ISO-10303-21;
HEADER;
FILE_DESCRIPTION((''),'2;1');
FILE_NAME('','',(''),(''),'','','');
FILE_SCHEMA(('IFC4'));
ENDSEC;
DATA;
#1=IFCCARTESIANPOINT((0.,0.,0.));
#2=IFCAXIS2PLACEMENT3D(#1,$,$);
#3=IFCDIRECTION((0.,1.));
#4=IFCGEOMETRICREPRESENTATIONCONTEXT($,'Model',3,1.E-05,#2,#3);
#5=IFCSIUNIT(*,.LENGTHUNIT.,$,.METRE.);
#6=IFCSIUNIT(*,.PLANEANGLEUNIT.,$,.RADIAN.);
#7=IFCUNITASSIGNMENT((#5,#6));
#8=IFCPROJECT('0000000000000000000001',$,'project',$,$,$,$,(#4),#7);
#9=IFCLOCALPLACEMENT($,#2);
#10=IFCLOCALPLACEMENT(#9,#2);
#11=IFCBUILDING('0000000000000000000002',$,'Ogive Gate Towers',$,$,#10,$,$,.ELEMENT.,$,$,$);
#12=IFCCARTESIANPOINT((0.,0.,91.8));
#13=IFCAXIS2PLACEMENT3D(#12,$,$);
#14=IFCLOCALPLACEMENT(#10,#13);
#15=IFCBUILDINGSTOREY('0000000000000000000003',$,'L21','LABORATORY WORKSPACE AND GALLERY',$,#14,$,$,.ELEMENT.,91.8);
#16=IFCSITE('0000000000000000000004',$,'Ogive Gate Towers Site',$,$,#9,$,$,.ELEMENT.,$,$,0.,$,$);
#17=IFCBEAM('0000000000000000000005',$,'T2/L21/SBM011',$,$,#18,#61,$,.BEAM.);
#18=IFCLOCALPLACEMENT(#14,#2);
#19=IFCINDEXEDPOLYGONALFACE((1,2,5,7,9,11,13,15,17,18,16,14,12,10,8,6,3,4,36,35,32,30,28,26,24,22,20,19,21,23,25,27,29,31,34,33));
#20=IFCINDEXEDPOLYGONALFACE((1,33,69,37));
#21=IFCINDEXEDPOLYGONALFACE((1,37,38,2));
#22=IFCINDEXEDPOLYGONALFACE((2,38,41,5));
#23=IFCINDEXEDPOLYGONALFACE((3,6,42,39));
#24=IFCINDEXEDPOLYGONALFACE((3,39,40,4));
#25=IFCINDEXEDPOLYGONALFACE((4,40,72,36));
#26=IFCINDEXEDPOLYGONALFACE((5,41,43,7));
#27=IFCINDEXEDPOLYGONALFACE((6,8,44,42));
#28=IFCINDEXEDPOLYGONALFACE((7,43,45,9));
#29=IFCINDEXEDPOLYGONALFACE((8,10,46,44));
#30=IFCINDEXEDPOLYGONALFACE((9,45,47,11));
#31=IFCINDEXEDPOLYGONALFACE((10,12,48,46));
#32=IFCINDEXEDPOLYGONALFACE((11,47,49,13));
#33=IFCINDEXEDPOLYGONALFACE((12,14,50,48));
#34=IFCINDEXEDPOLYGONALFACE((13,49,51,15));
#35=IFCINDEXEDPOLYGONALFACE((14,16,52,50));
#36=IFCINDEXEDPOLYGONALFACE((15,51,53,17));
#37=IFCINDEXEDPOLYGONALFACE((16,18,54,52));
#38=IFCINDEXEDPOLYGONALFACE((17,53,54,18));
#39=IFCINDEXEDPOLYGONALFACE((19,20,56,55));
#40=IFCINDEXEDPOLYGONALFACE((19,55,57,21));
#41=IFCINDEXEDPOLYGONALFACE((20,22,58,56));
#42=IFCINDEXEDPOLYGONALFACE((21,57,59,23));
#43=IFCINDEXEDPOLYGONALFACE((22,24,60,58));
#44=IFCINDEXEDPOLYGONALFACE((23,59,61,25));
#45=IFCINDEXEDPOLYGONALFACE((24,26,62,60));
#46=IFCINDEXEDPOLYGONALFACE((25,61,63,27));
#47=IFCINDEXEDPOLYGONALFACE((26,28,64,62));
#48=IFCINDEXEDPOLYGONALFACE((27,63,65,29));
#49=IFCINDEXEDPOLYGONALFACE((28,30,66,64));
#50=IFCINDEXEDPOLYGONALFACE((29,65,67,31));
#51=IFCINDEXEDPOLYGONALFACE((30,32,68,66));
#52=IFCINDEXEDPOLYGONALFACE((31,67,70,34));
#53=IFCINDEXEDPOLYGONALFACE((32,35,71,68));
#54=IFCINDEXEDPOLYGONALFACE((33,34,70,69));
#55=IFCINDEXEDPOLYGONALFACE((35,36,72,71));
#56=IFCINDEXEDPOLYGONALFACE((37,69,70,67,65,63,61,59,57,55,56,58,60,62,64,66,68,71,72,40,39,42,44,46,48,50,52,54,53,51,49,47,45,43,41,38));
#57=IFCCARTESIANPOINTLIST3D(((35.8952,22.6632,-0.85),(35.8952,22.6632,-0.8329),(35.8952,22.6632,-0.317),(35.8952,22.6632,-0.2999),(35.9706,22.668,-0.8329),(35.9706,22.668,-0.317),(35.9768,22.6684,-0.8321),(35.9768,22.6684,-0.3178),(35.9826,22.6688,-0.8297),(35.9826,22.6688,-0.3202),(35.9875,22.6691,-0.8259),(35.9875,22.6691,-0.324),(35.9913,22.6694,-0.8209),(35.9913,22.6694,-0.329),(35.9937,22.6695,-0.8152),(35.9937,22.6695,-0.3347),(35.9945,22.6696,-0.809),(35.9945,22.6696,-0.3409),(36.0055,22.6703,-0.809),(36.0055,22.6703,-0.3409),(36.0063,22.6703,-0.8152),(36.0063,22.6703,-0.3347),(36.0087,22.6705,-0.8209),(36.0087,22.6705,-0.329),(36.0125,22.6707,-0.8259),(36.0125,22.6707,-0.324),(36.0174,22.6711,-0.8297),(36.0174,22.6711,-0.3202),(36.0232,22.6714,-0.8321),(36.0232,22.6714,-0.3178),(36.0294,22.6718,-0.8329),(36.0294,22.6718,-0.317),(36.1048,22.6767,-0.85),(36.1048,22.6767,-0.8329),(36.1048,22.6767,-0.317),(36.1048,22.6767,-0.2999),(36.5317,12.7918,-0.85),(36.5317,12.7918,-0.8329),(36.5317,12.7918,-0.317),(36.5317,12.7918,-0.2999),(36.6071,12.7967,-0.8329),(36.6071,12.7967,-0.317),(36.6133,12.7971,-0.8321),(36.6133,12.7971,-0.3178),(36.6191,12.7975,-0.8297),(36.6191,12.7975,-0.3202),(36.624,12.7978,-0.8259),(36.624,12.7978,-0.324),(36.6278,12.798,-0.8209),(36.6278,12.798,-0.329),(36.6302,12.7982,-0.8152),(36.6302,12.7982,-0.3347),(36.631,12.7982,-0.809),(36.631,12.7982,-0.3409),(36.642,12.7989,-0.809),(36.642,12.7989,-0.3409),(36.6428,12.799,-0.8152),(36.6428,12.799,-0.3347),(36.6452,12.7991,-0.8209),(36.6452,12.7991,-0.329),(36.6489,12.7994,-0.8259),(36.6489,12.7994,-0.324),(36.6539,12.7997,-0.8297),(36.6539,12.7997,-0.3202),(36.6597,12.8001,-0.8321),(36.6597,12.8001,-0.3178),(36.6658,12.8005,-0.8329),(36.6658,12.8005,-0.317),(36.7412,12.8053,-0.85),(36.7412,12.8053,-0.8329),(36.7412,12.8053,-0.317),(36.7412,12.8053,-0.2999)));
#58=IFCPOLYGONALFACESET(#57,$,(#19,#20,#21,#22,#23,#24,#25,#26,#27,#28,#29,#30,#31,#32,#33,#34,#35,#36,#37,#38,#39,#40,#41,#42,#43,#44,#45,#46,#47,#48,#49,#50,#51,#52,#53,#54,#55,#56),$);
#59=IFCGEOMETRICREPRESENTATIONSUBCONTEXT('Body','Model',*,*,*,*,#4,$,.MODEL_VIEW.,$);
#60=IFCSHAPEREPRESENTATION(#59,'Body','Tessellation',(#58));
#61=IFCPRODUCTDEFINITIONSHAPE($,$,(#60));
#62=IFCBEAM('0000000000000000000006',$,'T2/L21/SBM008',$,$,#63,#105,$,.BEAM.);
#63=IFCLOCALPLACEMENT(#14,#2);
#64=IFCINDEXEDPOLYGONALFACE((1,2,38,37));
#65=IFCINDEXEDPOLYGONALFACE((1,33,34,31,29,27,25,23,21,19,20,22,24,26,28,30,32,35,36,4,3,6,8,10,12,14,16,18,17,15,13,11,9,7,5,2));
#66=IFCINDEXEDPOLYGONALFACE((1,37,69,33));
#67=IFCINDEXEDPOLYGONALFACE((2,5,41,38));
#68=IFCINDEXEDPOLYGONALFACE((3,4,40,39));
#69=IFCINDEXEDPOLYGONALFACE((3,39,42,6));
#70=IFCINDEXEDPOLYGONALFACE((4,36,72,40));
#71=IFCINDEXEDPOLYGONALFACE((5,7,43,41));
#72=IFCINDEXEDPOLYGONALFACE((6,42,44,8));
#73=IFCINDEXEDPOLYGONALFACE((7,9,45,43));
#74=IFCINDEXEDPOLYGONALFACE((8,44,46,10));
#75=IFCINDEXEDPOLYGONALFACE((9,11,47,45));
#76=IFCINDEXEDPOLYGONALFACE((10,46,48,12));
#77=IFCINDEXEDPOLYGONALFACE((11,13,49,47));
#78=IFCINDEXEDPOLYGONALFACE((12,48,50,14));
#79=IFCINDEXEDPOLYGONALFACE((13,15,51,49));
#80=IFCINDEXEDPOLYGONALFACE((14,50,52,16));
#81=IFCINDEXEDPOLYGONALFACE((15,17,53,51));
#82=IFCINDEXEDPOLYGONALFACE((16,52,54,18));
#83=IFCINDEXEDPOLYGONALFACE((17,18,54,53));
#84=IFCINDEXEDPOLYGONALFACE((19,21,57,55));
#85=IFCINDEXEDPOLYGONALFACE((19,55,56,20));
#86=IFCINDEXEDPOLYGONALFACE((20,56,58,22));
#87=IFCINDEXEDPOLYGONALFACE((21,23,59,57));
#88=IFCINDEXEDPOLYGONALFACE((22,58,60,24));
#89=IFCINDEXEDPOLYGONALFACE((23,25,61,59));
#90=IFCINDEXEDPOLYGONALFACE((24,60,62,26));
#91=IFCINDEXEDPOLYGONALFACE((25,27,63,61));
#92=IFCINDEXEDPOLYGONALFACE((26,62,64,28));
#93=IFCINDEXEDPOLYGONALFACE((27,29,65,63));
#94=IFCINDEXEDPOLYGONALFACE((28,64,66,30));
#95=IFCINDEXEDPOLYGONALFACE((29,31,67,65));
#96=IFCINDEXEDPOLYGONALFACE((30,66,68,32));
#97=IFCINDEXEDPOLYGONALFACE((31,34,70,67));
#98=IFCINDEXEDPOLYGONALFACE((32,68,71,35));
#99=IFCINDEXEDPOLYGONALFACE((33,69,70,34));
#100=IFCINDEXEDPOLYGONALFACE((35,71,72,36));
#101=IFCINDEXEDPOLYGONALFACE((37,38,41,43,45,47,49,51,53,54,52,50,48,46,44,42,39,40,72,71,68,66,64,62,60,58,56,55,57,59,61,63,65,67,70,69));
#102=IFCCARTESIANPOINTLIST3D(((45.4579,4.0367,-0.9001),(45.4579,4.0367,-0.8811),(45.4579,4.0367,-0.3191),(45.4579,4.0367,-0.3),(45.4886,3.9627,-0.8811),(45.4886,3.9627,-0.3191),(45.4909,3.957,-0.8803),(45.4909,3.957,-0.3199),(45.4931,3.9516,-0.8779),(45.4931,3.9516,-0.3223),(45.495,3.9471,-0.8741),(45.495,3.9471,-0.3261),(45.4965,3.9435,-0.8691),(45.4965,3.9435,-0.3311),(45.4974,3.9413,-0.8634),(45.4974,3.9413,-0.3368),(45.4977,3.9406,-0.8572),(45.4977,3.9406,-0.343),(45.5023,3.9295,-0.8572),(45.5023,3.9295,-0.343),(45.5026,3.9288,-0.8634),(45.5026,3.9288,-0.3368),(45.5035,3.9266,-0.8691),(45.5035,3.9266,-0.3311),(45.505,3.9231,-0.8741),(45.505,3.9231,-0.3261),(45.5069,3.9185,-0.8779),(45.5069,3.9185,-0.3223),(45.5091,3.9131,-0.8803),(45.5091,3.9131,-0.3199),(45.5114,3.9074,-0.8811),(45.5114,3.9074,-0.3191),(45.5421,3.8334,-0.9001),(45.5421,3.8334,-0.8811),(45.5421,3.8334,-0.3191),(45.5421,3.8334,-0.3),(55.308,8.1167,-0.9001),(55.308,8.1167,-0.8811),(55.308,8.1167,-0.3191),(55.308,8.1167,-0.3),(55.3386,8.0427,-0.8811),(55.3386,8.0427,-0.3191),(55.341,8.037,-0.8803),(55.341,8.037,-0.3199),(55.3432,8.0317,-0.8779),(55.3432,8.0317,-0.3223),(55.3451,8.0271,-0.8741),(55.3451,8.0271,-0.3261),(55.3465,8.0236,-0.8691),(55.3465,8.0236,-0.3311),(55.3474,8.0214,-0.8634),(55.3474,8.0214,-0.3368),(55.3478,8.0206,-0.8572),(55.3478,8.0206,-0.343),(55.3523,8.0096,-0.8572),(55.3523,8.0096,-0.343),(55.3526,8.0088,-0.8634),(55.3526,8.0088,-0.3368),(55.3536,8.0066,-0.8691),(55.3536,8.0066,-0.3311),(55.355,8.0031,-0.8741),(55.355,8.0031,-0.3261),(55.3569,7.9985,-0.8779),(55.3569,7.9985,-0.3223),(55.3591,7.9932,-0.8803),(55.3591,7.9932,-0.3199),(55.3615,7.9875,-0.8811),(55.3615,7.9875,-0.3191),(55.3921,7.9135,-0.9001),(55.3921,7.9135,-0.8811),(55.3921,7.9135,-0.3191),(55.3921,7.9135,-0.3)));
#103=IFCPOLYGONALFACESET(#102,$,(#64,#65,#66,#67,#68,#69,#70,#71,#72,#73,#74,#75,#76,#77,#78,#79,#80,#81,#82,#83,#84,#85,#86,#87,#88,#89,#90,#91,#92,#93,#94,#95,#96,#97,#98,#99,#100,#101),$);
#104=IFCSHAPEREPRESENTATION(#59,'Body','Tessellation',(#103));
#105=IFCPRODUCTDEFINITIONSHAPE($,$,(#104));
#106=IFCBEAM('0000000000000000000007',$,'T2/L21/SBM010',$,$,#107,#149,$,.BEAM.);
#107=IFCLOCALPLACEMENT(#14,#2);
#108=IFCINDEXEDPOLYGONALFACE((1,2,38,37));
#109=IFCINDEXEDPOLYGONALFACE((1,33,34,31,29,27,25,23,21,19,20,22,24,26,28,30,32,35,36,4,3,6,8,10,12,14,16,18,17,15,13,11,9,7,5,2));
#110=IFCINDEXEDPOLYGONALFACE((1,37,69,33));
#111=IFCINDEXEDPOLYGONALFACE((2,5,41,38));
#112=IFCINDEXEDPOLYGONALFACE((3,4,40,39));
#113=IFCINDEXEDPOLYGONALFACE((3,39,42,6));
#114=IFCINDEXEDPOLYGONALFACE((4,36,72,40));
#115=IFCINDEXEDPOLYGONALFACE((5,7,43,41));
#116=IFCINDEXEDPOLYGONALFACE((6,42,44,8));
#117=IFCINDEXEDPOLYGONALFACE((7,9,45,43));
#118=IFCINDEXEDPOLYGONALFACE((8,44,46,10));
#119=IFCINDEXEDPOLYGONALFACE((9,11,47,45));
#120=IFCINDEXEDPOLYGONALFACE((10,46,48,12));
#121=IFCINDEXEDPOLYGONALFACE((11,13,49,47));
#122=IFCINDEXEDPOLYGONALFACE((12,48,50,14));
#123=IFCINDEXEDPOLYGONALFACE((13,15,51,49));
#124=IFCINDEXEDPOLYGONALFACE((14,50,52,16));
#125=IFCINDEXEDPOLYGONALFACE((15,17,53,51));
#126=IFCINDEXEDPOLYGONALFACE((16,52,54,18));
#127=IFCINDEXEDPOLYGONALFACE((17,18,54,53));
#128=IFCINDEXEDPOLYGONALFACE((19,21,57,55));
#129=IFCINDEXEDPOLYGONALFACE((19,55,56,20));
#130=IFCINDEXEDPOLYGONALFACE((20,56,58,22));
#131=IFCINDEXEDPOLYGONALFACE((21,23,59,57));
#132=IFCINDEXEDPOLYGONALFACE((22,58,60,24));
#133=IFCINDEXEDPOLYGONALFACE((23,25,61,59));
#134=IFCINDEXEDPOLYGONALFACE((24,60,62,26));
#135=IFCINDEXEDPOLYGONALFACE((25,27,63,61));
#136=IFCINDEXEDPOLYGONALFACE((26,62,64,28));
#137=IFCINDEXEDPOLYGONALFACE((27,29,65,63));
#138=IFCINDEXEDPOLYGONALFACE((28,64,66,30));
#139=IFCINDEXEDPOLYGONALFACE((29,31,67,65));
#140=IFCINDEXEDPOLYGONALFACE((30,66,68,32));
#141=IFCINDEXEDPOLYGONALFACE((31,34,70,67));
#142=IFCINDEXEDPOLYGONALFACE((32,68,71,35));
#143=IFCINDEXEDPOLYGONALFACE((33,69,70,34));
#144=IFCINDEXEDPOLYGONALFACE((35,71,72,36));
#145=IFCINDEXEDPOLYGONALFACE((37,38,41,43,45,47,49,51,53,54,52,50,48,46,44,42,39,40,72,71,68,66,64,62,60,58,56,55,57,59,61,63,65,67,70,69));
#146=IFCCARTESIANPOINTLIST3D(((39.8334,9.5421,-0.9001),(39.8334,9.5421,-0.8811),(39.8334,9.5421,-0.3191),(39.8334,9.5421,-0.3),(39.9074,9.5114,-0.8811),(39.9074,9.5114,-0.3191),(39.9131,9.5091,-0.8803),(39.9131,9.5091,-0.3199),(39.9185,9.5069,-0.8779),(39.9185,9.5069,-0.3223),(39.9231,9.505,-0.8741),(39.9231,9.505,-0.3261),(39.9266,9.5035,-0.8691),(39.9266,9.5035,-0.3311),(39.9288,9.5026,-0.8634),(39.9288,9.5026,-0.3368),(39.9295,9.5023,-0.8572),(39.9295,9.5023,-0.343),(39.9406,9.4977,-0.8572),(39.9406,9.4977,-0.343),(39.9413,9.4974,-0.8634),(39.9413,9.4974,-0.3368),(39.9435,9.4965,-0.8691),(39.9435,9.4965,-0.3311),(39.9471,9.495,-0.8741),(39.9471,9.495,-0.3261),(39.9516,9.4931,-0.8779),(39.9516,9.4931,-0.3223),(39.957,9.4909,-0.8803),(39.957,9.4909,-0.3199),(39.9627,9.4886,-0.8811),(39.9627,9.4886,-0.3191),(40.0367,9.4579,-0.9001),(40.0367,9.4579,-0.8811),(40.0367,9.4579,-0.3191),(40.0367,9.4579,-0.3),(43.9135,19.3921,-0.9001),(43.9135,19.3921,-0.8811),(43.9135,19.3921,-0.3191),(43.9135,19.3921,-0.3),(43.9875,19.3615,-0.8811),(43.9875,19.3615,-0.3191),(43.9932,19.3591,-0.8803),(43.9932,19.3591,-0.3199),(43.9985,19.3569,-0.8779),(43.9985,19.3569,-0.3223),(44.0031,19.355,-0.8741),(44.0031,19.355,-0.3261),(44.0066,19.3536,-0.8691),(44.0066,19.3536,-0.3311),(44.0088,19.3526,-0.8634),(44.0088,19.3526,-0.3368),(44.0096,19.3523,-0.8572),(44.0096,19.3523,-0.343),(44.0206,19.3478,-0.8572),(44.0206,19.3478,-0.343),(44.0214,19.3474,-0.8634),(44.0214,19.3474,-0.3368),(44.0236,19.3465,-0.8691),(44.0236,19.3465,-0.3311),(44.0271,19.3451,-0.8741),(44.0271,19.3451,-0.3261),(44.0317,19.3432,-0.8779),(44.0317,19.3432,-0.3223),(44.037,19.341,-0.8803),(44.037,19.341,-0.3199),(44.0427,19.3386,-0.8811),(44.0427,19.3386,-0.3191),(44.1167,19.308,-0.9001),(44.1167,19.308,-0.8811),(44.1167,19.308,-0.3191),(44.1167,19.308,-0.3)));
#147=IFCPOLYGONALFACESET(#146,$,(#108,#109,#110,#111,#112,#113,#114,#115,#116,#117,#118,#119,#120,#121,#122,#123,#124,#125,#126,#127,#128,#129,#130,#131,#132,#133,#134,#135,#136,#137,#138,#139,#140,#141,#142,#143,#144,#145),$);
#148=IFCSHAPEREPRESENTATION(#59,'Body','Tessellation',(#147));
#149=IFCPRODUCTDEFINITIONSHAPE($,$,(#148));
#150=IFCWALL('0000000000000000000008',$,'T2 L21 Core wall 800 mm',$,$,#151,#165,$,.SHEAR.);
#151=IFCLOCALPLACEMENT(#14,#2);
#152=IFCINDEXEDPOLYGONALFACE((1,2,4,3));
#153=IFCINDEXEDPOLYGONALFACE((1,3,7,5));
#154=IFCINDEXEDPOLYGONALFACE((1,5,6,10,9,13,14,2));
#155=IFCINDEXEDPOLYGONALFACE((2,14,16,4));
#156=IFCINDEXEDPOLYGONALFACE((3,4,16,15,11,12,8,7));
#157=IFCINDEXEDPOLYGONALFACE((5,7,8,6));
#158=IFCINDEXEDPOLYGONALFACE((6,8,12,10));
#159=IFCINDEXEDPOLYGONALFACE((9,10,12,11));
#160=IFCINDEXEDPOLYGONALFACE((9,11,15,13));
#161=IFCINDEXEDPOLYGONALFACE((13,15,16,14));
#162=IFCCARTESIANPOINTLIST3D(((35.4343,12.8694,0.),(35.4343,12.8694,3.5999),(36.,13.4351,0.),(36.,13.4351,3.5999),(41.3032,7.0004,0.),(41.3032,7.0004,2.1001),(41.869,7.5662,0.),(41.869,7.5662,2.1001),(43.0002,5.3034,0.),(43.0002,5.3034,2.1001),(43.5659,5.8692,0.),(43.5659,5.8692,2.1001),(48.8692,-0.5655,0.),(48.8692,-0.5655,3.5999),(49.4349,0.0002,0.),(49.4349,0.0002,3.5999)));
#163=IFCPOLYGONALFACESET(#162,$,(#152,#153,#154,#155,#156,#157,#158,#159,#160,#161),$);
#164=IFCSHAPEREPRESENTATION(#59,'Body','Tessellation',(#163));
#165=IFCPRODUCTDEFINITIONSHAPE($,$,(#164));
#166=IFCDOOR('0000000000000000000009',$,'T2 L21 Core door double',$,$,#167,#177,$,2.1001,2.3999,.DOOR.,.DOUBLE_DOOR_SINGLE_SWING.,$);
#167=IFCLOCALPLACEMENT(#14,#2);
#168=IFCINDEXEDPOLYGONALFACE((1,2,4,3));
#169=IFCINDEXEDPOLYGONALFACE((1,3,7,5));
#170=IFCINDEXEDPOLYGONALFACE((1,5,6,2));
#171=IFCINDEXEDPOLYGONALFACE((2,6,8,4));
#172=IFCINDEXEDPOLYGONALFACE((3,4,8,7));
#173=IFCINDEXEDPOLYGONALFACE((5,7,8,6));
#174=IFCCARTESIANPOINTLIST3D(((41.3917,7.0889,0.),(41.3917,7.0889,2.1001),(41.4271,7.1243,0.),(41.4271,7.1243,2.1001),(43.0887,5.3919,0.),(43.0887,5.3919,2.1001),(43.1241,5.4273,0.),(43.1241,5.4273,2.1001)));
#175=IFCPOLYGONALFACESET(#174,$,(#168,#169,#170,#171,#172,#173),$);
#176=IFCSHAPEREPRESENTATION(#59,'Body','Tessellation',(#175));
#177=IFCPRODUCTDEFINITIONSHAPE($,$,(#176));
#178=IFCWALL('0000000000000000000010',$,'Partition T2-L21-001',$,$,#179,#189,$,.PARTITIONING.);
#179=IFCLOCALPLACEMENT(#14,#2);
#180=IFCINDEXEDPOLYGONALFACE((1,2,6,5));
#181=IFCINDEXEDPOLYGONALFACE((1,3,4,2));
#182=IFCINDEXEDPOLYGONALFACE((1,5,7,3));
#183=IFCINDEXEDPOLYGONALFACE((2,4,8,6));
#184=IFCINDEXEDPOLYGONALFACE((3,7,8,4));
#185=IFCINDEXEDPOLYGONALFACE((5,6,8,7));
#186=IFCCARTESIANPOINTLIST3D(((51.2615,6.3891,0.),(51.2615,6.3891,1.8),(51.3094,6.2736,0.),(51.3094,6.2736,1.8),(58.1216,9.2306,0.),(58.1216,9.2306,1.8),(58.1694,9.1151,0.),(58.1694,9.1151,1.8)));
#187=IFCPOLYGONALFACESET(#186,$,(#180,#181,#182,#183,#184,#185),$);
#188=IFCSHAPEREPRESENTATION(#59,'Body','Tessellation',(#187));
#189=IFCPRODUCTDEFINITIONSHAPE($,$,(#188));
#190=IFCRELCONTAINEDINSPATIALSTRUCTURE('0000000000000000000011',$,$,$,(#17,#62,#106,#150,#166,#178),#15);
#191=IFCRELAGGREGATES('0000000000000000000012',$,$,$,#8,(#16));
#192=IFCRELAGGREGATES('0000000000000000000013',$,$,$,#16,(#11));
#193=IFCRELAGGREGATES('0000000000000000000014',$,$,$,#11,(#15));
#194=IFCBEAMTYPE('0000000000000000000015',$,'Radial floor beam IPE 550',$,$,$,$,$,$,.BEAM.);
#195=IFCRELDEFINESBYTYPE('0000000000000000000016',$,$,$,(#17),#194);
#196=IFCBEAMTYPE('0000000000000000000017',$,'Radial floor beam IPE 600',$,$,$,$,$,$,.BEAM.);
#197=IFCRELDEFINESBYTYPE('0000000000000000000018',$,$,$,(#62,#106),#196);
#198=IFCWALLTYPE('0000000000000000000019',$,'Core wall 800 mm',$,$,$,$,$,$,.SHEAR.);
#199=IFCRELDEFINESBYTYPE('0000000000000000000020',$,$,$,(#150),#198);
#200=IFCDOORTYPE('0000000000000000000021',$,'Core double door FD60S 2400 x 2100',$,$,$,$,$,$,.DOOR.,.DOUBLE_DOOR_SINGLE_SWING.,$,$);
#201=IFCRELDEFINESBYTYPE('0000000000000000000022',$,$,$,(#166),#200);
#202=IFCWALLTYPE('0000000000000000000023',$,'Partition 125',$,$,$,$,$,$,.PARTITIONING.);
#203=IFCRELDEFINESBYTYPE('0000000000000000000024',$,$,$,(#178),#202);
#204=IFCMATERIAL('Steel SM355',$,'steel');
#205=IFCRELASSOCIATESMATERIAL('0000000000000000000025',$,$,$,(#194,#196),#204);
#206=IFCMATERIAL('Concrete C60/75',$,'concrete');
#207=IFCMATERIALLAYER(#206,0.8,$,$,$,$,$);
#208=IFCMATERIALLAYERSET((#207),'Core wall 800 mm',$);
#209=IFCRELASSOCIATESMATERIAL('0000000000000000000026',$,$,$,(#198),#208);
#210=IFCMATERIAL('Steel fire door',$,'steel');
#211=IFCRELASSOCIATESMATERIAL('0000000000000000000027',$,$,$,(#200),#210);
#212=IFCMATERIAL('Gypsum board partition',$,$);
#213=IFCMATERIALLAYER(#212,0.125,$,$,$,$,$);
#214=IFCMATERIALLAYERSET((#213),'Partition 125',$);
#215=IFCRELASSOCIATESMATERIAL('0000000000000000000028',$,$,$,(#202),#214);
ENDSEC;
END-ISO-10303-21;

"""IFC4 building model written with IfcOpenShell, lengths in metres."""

from ifc_helpers import new_model, si_unit, direction, frame, frame_2d, origin, origin_2d, place, context, subcontext, project, spatial, rectangle, i_section, extrude, material, layer, layer_set, material_profile, profile_set, type_object, element, fill, save


model = new_model("IFC4")

# Units and contexts
model_context = context("Model", 3, precision=1e-05, world=origin(), true_north=direction((0.0, 1.0)))
body_context = subcontext(model_context, "Body", "Model", "MODEL_VIEW")
ifc_project = project(units=[si_unit("LENGTHUNIT", "METRE"), si_unit("PLANEANGLEUNIT", "RADIAN")], contexts=[model_context])

# Site, building, storey
site_placement = place(None, origin())
site = spatial("IfcSite", under=ifc_project, at=site_placement, Name="Ogive Gate Towers Site", CompositionType="ELEMENT", RefElevation=0.0)
building_placement = place(site_placement, origin())
building = spatial("IfcBuilding", under=site, at=building_placement, Name="Ogive Gate Towers", CompositionType="ELEMENT")
storey_placement = place(building_placement, frame((0.0, 0.0, 91.8)))
storey = spatial("IfcBuildingStorey", under=building, at=storey_placement, Name="L21", Description="LABORATORY WORKSPACE AND GALLERY", CompositionType="ELEMENT", Elevation=91.8)

# Beams
ifc_material_1 = material(Name="Steel SM355", Category="steel")
ifc_material_profile_1 = material_profile(ifc_material_1, i_section(OverallWidth=0.21, OverallDepth=0.55, WebThickness=0.011, FlangeThickness=0.0171, FilletRadius=0.0239, at=origin_2d()), Name="IPE 550")
ifc_profile_set_1 = profile_set([ifc_material_profile_1], Name="Steel SM355")
beam_type_1 = type_object("IfcBeamType", Name="Radial floor beam IPE 550", PredefinedType="BEAM", material=ifc_profile_set_1)
for number, where, z_axis, x_axis, name in (
    (1, (36.6365, 12.7986, -0.575), (-0.064343, 0.997928, 0.0), (-0.997928, -0.064343, 0.0), "T2/L21/SBM011"),
):
    element("IfcBeam", number, at=place(storey_placement, frame(where, z_axis=z_axis, x_axis=x_axis)), inside=storey, type_object=beam_type_1, Name=name, PredefinedType="BEAM", context=body_context, shape_type="SweptSolid", body=[
        extrude(i_section(OverallWidth=0.21, OverallDepth=0.55, WebThickness=0.011, FlangeThickness=0.0171, FilletRadius=0.0239, at=origin_2d()), origin(), (0.0, 0.0, 1.0), 9.8918),
    ])
ifc_material_profile_2 = material_profile(ifc_material_1, i_section(OverallWidth=0.22, OverallDepth=0.6001, WebThickness=0.012, FlangeThickness=0.019, FilletRadius=0.0239, at=origin_2d()), Name="IPE 600")
ifc_profile_set_2 = profile_set([ifc_material_profile_2], Name="Steel SM355")
beam_type_2 = type_object("IfcBeamType", Name="Radial floor beam IPE 600", PredefinedType="BEAM", material=ifc_profile_set_2)
for number, where, z_axis, x_axis, name in (
    (2, (45.5, 3.9351, -0.6001), (0.923878, 0.382686, 0.0), (-0.382686, 0.923878, 0.0), "T2/L21/SBM008"),
    (3, (39.9351, 9.5, -0.6001), (0.382686, 0.923878, 0.0), (-0.923878, 0.382686, 0.0), "T2/L21/SBM010"),
):
    element("IfcBeam", number, at=place(storey_placement, frame(where, z_axis=z_axis, x_axis=x_axis)), inside=storey, type_object=beam_type_2, Name=name, PredefinedType="BEAM", context=body_context, shape_type="SweptSolid", body=[
        extrude(i_section(OverallWidth=0.22, OverallDepth=0.6001, WebThickness=0.012, FlangeThickness=0.019, FilletRadius=0.0239, at=origin_2d()), origin(), (0.0, 0.0, 1.0), 10.6616),
    ])

# Wall, opening, door
ifc_material_2 = material(Name="Concrete C60/75", Category="concrete")
ifc_layer_1 = layer(ifc_material_2, 0.8)
ifc_layer_set_1 = layer_set([ifc_layer_1], Name="Core wall 800 mm")
wall_type_1 = type_object("IfcWallType", Name="Core wall 800 mm", PredefinedType="SHEAR", material=ifc_layer_set_1)
wall_1_placement = place(storey_placement, frame((49.1521, -0.2827, 0.0), z_axis=(0.0, 0.0, 1.0), x_axis=(-0.707107, 0.707107, 0.0)))
wall_1 = element("IfcWall", 4, at=wall_1_placement, inside=storey, type_object=wall_type_1, Name="T2 L21 Core wall 800 mm", PredefinedType="SHEAR", context=body_context, shape_type="SweptSolid", body=[
    extrude(rectangle(XDim=18.9998, YDim=0.8, at=frame_2d((9.5, 0.0))), origin(), (0.0, 0.0, 1.0), 3.5999),
])
opening_1_placement = place(wall_1_placement, frame((8.3, 0.0, 0.0)))
opening_1 = element("IfcOpeningElement", 5, at=opening_1_placement, cuts=wall_1, PredefinedType="OPENING", context=body_context, shape_type="SweptSolid", body=[
    extrude(rectangle(XDim=2.3999, YDim=2.1001, at=frame_2d((1.2, 1.05))), frame((0.0, 0.4102, 0.0), z_axis=(0.0, -1.0, 0.0), x_axis=(1.0, 0.0, 0.0)), (0.0, 0.0, 1.0), 0.8201),
])
ifc_material_3 = material(Name="Steel fire door", Category="steel")
door_type_1 = type_object("IfcDoorType", Name="Core double door FD60S 2400 x 2100", OperationType="DOUBLE_DOOR_SINGLE_SWING", PredefinedType="DOOR", material=ifc_material_3)
door_1_placement = place(opening_1_placement, origin())
door_1 = element("IfcDoor", 6, at=door_1_placement, inside=storey, type_object=door_type_1, Name="T2 L21 Core door double", OperationType="DOUBLE_DOOR_SINGLE_SWING", OverallHeight=2.1001, OverallWidth=2.3999, PredefinedType="DOOR", context=body_context, shape_type="SweptSolid", body=[
    extrude(rectangle(XDim=2.3999, YDim=2.1001, at=frame_2d((1.2, 1.05))), frame((0.0, 0.2749, 0.0), z_axis=(0.0, -1.0, 0.0), x_axis=(1.0, 0.0, 0.0)), (0.0, 0.0, 1.0), 0.05),
])
fill(opening_1, door_1)

# Wall
ifc_material_4 = material(Name="Gypsum board partition")
ifc_layer_2 = layer(ifc_material_4, 0.125)
ifc_layer_set_2 = layer_set([ifc_layer_2], Name="Partition 125")
wall_type_2 = type_object("IfcWallType", Name="Partition 125", PredefinedType="PARTITIONING", material=ifc_layer_set_2)
wall_2_placement = place(storey_placement, frame((58.1455, 9.1729, 0.0), z_axis=(0.0, 0.0, 1.0), x_axis=(-0.923879, -0.382684, 0.0)))
element("IfcWall", 7, at=wall_2_placement, inside=storey, type_object=wall_type_2, Name="Partition T2-L21-001", PredefinedType="PARTITIONING", context=body_context, shape_type="SweptSolid", body=[
    extrude(rectangle(XDim=7.4253, YDim=0.125, at=frame_2d((3.7126, 0.0))), origin(), (0.0, 0.0, 1.0), 1.8),
])

save(model, "model.ifc")
